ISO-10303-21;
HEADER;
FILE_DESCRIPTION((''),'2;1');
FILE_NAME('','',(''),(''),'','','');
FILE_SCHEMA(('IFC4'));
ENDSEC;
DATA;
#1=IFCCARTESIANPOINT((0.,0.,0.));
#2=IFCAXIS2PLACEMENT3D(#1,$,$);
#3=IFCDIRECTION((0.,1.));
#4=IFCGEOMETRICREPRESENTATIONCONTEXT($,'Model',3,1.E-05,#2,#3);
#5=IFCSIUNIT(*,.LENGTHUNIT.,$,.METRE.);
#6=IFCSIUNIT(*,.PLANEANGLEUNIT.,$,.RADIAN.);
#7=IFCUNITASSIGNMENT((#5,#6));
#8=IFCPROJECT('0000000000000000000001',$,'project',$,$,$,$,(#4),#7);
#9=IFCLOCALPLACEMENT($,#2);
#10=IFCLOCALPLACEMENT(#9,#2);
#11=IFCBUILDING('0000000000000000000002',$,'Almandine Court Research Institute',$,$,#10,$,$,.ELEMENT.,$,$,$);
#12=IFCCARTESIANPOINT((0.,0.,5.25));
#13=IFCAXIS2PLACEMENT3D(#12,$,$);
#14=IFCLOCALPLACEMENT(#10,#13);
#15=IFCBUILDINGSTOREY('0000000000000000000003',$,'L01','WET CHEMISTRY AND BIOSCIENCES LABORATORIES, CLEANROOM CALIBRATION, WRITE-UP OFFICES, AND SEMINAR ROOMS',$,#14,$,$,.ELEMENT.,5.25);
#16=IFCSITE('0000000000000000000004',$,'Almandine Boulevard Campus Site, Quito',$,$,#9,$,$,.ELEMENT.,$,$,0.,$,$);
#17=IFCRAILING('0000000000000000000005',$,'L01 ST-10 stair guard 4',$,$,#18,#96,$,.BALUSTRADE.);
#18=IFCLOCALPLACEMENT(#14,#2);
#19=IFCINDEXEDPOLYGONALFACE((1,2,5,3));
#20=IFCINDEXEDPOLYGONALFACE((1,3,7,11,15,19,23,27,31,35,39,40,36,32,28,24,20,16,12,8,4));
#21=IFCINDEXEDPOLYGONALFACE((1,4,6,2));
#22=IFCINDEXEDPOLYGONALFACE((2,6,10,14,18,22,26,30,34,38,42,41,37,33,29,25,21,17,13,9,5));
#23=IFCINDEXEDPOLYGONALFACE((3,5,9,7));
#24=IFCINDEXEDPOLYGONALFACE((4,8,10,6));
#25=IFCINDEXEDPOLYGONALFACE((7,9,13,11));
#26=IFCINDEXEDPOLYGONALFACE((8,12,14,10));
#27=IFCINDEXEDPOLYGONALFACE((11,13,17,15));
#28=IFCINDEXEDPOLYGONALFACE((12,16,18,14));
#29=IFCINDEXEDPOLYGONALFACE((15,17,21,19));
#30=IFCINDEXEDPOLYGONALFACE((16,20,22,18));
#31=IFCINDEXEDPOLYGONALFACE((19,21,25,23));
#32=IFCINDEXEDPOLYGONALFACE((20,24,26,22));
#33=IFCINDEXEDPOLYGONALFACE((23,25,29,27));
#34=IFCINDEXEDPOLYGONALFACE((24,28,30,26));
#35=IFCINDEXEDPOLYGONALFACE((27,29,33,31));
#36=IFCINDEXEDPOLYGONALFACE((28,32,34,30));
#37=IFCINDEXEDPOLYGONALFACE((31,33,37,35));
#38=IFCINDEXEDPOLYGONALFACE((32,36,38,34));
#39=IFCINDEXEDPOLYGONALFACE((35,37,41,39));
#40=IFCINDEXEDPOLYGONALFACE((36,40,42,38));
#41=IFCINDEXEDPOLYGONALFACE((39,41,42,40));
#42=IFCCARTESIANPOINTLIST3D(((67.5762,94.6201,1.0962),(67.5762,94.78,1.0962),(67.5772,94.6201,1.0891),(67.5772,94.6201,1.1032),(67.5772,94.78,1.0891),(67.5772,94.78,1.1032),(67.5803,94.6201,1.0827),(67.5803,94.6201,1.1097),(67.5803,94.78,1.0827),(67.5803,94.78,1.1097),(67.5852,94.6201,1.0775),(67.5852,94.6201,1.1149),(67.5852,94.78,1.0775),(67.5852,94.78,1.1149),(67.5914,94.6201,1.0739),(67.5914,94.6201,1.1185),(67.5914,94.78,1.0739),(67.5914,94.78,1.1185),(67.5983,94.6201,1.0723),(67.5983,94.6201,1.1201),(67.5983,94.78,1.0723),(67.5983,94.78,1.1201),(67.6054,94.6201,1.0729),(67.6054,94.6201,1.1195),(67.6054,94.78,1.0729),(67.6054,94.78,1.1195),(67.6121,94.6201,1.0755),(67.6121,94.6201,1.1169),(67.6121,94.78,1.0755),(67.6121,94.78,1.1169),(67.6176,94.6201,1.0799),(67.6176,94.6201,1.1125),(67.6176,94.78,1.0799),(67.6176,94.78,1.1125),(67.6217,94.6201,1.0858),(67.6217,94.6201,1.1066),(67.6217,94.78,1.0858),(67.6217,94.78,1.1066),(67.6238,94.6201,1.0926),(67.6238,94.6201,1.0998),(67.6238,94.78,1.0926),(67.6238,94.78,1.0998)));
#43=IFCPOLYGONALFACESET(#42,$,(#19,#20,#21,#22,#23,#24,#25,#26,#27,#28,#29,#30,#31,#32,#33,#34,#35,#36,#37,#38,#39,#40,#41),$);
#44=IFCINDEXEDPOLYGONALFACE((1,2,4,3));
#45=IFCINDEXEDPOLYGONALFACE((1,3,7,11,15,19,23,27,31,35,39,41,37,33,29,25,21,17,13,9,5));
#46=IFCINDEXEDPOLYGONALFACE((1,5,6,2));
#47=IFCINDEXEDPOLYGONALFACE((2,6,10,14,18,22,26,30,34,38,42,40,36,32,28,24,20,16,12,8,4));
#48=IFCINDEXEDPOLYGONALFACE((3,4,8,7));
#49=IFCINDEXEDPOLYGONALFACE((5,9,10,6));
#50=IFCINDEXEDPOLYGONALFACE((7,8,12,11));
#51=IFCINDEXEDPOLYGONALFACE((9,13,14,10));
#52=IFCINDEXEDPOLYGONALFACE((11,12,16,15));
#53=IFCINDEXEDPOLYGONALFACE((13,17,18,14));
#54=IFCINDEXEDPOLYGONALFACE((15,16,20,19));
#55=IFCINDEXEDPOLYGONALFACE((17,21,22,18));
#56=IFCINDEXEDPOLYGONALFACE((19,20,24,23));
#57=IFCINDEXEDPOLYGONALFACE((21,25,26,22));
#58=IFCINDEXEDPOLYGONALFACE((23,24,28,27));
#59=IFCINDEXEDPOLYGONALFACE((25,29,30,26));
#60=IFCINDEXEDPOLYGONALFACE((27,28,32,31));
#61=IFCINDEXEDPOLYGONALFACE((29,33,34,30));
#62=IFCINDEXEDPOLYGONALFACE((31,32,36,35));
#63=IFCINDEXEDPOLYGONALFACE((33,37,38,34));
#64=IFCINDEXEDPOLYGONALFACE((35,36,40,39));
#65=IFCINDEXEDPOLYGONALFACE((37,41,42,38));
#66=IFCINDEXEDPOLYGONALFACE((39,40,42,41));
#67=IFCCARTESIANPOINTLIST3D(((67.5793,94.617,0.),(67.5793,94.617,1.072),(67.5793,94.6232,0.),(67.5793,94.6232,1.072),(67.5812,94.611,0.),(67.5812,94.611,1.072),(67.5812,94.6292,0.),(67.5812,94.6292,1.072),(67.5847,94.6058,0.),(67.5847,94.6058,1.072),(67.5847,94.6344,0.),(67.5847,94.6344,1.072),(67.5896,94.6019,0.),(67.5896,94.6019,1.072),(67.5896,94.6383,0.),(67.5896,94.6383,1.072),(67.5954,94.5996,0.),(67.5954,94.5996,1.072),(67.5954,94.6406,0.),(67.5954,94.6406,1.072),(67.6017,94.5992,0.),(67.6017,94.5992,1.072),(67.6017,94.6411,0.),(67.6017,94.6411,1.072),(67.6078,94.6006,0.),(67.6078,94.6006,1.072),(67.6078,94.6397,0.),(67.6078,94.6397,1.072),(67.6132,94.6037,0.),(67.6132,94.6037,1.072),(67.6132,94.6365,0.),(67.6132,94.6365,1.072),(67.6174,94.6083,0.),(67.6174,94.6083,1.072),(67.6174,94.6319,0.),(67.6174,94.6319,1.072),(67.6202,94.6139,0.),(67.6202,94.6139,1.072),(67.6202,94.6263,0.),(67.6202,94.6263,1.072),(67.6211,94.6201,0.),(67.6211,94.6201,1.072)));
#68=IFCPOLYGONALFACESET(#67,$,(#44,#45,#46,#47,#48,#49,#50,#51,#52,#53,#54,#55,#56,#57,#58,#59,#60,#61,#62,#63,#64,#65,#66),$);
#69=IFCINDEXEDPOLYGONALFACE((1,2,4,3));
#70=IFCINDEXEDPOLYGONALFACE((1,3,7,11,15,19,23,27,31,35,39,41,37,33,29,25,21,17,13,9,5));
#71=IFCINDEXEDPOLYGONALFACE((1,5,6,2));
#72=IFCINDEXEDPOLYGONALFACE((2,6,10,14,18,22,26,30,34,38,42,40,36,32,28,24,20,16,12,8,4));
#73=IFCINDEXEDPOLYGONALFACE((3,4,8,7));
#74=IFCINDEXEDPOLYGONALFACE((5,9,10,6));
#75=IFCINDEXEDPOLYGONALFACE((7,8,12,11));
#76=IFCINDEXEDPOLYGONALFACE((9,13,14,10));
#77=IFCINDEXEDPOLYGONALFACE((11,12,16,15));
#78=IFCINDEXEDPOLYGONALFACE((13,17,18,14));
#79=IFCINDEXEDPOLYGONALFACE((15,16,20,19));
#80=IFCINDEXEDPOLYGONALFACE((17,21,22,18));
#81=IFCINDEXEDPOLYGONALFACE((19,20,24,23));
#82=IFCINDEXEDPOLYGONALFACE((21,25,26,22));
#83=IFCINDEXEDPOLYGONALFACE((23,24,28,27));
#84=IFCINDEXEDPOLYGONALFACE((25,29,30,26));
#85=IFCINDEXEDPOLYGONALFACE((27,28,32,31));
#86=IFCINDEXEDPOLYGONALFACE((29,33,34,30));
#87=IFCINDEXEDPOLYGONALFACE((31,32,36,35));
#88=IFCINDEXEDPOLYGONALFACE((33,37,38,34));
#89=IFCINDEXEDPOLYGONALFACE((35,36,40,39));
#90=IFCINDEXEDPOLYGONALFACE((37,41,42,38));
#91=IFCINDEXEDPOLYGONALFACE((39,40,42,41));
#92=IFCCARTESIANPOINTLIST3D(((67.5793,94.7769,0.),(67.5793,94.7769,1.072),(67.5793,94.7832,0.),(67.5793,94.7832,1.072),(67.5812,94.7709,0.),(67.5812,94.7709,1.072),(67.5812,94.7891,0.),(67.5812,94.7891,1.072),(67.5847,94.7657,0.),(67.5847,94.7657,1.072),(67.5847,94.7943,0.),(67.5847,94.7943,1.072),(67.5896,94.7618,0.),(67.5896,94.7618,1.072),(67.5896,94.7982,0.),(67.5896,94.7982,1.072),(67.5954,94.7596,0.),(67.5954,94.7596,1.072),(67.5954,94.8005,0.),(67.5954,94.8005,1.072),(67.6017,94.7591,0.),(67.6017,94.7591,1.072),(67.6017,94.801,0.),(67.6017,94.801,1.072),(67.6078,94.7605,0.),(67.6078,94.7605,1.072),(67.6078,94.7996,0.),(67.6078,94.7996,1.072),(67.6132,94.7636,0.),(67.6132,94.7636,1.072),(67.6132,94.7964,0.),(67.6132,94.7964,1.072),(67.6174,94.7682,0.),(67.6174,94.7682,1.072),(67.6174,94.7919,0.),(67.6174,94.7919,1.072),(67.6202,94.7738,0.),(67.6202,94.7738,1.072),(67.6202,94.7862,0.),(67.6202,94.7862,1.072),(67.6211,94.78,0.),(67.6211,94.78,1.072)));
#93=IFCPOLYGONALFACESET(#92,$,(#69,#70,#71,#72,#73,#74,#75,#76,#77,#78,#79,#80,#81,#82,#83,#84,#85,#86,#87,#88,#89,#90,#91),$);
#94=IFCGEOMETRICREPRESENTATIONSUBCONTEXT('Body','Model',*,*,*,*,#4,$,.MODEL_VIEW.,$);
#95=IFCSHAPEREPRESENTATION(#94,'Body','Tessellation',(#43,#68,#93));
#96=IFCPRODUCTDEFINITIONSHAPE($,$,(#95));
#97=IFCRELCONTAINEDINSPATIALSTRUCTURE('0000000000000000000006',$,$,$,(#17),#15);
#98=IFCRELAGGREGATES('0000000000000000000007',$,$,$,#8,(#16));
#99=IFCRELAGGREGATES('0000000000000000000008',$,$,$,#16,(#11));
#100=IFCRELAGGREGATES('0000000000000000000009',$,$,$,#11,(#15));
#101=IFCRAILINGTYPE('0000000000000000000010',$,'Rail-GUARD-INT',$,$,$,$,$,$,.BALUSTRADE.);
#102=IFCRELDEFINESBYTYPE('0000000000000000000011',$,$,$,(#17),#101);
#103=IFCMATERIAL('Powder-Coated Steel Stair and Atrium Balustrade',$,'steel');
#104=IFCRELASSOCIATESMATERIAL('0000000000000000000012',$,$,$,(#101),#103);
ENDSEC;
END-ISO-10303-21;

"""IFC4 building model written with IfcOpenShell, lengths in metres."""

from ifc_helpers import new_model, si_unit, direction, frame, origin, origin_2d, place, context, subcontext, project, spatial, circle, extrude, material, type_object, element, save


model = new_model("IFC4")

# Units and contexts
model_context = context("Model", 3, precision=1e-05, world=origin(), true_north=direction((0.0, 1.0)))
body_context = subcontext(model_context, "Body", "Model", "MODEL_VIEW")
ifc_project = project(units=[si_unit("LENGTHUNIT", "METRE"), si_unit("PLANEANGLEUNIT", "RADIAN")], contexts=[model_context])

# Site, building, storey
site_placement = place(None, origin())
site = spatial("IfcSite", under=ifc_project, at=site_placement, Name="Almandine Boulevard Campus Site, Quito", CompositionType="ELEMENT", RefElevation=0.0)
building_placement = place(site_placement, origin())
building = spatial("IfcBuilding", under=site, at=building_placement, Name="Almandine Court Research Institute", CompositionType="ELEMENT")
storey_placement = place(building_placement, frame((0.0, 0.0, 5.25)))
storey = spatial("IfcBuildingStorey", under=building, at=storey_placement, Name="L01", Description="WET CHEMISTRY AND BIOSCIENCES LABORATORIES, CLEANROOM CALIBRATION, WRITE-UP OFFICES, AND SEMINAR ROOMS", CompositionType="ELEMENT", Elevation=5.25)

# Railing
ifc_material_1 = material(Name="Powder-Coated Steel Stair and Atrium Balustrade", Category="steel")
railing_type_1 = type_object("IfcRailingType", Name="Rail-GUARD-INT", PredefinedType="BALUSTRADE", material=ifc_material_1)
railing_1_placement = place(storey_placement, frame((67.6001, 94.6201, 0.0)))
element("IfcRailing", 1, at=railing_1_placement, inside=storey, type_object=railing_type_1, Name="L01 ST-10 stair guard 4", PredefinedType="BALUSTRADE", context=body_context, shape_type="SweptSolid", body=[
    extrude(circle(Radius=0.0239, at=origin_2d()), frame((0.0, 0.0, 1.0962), z_axis=(0.0, 1.0, 0.0), x_axis=(-1.0, 0.0, 0.0)), (0.0, 0.0, 1.0), 0.1599),
    extrude(circle(Radius=0.021, at=origin_2d()), origin(), (0.0, 0.0, 1.0), 1.072),
    extrude(circle(Radius=0.021, at=origin_2d()), frame((0.0, 0.1599, 0.0)), (0.0, 0.0, 1.0), 1.072),
])

save(model, "model.ifc")
